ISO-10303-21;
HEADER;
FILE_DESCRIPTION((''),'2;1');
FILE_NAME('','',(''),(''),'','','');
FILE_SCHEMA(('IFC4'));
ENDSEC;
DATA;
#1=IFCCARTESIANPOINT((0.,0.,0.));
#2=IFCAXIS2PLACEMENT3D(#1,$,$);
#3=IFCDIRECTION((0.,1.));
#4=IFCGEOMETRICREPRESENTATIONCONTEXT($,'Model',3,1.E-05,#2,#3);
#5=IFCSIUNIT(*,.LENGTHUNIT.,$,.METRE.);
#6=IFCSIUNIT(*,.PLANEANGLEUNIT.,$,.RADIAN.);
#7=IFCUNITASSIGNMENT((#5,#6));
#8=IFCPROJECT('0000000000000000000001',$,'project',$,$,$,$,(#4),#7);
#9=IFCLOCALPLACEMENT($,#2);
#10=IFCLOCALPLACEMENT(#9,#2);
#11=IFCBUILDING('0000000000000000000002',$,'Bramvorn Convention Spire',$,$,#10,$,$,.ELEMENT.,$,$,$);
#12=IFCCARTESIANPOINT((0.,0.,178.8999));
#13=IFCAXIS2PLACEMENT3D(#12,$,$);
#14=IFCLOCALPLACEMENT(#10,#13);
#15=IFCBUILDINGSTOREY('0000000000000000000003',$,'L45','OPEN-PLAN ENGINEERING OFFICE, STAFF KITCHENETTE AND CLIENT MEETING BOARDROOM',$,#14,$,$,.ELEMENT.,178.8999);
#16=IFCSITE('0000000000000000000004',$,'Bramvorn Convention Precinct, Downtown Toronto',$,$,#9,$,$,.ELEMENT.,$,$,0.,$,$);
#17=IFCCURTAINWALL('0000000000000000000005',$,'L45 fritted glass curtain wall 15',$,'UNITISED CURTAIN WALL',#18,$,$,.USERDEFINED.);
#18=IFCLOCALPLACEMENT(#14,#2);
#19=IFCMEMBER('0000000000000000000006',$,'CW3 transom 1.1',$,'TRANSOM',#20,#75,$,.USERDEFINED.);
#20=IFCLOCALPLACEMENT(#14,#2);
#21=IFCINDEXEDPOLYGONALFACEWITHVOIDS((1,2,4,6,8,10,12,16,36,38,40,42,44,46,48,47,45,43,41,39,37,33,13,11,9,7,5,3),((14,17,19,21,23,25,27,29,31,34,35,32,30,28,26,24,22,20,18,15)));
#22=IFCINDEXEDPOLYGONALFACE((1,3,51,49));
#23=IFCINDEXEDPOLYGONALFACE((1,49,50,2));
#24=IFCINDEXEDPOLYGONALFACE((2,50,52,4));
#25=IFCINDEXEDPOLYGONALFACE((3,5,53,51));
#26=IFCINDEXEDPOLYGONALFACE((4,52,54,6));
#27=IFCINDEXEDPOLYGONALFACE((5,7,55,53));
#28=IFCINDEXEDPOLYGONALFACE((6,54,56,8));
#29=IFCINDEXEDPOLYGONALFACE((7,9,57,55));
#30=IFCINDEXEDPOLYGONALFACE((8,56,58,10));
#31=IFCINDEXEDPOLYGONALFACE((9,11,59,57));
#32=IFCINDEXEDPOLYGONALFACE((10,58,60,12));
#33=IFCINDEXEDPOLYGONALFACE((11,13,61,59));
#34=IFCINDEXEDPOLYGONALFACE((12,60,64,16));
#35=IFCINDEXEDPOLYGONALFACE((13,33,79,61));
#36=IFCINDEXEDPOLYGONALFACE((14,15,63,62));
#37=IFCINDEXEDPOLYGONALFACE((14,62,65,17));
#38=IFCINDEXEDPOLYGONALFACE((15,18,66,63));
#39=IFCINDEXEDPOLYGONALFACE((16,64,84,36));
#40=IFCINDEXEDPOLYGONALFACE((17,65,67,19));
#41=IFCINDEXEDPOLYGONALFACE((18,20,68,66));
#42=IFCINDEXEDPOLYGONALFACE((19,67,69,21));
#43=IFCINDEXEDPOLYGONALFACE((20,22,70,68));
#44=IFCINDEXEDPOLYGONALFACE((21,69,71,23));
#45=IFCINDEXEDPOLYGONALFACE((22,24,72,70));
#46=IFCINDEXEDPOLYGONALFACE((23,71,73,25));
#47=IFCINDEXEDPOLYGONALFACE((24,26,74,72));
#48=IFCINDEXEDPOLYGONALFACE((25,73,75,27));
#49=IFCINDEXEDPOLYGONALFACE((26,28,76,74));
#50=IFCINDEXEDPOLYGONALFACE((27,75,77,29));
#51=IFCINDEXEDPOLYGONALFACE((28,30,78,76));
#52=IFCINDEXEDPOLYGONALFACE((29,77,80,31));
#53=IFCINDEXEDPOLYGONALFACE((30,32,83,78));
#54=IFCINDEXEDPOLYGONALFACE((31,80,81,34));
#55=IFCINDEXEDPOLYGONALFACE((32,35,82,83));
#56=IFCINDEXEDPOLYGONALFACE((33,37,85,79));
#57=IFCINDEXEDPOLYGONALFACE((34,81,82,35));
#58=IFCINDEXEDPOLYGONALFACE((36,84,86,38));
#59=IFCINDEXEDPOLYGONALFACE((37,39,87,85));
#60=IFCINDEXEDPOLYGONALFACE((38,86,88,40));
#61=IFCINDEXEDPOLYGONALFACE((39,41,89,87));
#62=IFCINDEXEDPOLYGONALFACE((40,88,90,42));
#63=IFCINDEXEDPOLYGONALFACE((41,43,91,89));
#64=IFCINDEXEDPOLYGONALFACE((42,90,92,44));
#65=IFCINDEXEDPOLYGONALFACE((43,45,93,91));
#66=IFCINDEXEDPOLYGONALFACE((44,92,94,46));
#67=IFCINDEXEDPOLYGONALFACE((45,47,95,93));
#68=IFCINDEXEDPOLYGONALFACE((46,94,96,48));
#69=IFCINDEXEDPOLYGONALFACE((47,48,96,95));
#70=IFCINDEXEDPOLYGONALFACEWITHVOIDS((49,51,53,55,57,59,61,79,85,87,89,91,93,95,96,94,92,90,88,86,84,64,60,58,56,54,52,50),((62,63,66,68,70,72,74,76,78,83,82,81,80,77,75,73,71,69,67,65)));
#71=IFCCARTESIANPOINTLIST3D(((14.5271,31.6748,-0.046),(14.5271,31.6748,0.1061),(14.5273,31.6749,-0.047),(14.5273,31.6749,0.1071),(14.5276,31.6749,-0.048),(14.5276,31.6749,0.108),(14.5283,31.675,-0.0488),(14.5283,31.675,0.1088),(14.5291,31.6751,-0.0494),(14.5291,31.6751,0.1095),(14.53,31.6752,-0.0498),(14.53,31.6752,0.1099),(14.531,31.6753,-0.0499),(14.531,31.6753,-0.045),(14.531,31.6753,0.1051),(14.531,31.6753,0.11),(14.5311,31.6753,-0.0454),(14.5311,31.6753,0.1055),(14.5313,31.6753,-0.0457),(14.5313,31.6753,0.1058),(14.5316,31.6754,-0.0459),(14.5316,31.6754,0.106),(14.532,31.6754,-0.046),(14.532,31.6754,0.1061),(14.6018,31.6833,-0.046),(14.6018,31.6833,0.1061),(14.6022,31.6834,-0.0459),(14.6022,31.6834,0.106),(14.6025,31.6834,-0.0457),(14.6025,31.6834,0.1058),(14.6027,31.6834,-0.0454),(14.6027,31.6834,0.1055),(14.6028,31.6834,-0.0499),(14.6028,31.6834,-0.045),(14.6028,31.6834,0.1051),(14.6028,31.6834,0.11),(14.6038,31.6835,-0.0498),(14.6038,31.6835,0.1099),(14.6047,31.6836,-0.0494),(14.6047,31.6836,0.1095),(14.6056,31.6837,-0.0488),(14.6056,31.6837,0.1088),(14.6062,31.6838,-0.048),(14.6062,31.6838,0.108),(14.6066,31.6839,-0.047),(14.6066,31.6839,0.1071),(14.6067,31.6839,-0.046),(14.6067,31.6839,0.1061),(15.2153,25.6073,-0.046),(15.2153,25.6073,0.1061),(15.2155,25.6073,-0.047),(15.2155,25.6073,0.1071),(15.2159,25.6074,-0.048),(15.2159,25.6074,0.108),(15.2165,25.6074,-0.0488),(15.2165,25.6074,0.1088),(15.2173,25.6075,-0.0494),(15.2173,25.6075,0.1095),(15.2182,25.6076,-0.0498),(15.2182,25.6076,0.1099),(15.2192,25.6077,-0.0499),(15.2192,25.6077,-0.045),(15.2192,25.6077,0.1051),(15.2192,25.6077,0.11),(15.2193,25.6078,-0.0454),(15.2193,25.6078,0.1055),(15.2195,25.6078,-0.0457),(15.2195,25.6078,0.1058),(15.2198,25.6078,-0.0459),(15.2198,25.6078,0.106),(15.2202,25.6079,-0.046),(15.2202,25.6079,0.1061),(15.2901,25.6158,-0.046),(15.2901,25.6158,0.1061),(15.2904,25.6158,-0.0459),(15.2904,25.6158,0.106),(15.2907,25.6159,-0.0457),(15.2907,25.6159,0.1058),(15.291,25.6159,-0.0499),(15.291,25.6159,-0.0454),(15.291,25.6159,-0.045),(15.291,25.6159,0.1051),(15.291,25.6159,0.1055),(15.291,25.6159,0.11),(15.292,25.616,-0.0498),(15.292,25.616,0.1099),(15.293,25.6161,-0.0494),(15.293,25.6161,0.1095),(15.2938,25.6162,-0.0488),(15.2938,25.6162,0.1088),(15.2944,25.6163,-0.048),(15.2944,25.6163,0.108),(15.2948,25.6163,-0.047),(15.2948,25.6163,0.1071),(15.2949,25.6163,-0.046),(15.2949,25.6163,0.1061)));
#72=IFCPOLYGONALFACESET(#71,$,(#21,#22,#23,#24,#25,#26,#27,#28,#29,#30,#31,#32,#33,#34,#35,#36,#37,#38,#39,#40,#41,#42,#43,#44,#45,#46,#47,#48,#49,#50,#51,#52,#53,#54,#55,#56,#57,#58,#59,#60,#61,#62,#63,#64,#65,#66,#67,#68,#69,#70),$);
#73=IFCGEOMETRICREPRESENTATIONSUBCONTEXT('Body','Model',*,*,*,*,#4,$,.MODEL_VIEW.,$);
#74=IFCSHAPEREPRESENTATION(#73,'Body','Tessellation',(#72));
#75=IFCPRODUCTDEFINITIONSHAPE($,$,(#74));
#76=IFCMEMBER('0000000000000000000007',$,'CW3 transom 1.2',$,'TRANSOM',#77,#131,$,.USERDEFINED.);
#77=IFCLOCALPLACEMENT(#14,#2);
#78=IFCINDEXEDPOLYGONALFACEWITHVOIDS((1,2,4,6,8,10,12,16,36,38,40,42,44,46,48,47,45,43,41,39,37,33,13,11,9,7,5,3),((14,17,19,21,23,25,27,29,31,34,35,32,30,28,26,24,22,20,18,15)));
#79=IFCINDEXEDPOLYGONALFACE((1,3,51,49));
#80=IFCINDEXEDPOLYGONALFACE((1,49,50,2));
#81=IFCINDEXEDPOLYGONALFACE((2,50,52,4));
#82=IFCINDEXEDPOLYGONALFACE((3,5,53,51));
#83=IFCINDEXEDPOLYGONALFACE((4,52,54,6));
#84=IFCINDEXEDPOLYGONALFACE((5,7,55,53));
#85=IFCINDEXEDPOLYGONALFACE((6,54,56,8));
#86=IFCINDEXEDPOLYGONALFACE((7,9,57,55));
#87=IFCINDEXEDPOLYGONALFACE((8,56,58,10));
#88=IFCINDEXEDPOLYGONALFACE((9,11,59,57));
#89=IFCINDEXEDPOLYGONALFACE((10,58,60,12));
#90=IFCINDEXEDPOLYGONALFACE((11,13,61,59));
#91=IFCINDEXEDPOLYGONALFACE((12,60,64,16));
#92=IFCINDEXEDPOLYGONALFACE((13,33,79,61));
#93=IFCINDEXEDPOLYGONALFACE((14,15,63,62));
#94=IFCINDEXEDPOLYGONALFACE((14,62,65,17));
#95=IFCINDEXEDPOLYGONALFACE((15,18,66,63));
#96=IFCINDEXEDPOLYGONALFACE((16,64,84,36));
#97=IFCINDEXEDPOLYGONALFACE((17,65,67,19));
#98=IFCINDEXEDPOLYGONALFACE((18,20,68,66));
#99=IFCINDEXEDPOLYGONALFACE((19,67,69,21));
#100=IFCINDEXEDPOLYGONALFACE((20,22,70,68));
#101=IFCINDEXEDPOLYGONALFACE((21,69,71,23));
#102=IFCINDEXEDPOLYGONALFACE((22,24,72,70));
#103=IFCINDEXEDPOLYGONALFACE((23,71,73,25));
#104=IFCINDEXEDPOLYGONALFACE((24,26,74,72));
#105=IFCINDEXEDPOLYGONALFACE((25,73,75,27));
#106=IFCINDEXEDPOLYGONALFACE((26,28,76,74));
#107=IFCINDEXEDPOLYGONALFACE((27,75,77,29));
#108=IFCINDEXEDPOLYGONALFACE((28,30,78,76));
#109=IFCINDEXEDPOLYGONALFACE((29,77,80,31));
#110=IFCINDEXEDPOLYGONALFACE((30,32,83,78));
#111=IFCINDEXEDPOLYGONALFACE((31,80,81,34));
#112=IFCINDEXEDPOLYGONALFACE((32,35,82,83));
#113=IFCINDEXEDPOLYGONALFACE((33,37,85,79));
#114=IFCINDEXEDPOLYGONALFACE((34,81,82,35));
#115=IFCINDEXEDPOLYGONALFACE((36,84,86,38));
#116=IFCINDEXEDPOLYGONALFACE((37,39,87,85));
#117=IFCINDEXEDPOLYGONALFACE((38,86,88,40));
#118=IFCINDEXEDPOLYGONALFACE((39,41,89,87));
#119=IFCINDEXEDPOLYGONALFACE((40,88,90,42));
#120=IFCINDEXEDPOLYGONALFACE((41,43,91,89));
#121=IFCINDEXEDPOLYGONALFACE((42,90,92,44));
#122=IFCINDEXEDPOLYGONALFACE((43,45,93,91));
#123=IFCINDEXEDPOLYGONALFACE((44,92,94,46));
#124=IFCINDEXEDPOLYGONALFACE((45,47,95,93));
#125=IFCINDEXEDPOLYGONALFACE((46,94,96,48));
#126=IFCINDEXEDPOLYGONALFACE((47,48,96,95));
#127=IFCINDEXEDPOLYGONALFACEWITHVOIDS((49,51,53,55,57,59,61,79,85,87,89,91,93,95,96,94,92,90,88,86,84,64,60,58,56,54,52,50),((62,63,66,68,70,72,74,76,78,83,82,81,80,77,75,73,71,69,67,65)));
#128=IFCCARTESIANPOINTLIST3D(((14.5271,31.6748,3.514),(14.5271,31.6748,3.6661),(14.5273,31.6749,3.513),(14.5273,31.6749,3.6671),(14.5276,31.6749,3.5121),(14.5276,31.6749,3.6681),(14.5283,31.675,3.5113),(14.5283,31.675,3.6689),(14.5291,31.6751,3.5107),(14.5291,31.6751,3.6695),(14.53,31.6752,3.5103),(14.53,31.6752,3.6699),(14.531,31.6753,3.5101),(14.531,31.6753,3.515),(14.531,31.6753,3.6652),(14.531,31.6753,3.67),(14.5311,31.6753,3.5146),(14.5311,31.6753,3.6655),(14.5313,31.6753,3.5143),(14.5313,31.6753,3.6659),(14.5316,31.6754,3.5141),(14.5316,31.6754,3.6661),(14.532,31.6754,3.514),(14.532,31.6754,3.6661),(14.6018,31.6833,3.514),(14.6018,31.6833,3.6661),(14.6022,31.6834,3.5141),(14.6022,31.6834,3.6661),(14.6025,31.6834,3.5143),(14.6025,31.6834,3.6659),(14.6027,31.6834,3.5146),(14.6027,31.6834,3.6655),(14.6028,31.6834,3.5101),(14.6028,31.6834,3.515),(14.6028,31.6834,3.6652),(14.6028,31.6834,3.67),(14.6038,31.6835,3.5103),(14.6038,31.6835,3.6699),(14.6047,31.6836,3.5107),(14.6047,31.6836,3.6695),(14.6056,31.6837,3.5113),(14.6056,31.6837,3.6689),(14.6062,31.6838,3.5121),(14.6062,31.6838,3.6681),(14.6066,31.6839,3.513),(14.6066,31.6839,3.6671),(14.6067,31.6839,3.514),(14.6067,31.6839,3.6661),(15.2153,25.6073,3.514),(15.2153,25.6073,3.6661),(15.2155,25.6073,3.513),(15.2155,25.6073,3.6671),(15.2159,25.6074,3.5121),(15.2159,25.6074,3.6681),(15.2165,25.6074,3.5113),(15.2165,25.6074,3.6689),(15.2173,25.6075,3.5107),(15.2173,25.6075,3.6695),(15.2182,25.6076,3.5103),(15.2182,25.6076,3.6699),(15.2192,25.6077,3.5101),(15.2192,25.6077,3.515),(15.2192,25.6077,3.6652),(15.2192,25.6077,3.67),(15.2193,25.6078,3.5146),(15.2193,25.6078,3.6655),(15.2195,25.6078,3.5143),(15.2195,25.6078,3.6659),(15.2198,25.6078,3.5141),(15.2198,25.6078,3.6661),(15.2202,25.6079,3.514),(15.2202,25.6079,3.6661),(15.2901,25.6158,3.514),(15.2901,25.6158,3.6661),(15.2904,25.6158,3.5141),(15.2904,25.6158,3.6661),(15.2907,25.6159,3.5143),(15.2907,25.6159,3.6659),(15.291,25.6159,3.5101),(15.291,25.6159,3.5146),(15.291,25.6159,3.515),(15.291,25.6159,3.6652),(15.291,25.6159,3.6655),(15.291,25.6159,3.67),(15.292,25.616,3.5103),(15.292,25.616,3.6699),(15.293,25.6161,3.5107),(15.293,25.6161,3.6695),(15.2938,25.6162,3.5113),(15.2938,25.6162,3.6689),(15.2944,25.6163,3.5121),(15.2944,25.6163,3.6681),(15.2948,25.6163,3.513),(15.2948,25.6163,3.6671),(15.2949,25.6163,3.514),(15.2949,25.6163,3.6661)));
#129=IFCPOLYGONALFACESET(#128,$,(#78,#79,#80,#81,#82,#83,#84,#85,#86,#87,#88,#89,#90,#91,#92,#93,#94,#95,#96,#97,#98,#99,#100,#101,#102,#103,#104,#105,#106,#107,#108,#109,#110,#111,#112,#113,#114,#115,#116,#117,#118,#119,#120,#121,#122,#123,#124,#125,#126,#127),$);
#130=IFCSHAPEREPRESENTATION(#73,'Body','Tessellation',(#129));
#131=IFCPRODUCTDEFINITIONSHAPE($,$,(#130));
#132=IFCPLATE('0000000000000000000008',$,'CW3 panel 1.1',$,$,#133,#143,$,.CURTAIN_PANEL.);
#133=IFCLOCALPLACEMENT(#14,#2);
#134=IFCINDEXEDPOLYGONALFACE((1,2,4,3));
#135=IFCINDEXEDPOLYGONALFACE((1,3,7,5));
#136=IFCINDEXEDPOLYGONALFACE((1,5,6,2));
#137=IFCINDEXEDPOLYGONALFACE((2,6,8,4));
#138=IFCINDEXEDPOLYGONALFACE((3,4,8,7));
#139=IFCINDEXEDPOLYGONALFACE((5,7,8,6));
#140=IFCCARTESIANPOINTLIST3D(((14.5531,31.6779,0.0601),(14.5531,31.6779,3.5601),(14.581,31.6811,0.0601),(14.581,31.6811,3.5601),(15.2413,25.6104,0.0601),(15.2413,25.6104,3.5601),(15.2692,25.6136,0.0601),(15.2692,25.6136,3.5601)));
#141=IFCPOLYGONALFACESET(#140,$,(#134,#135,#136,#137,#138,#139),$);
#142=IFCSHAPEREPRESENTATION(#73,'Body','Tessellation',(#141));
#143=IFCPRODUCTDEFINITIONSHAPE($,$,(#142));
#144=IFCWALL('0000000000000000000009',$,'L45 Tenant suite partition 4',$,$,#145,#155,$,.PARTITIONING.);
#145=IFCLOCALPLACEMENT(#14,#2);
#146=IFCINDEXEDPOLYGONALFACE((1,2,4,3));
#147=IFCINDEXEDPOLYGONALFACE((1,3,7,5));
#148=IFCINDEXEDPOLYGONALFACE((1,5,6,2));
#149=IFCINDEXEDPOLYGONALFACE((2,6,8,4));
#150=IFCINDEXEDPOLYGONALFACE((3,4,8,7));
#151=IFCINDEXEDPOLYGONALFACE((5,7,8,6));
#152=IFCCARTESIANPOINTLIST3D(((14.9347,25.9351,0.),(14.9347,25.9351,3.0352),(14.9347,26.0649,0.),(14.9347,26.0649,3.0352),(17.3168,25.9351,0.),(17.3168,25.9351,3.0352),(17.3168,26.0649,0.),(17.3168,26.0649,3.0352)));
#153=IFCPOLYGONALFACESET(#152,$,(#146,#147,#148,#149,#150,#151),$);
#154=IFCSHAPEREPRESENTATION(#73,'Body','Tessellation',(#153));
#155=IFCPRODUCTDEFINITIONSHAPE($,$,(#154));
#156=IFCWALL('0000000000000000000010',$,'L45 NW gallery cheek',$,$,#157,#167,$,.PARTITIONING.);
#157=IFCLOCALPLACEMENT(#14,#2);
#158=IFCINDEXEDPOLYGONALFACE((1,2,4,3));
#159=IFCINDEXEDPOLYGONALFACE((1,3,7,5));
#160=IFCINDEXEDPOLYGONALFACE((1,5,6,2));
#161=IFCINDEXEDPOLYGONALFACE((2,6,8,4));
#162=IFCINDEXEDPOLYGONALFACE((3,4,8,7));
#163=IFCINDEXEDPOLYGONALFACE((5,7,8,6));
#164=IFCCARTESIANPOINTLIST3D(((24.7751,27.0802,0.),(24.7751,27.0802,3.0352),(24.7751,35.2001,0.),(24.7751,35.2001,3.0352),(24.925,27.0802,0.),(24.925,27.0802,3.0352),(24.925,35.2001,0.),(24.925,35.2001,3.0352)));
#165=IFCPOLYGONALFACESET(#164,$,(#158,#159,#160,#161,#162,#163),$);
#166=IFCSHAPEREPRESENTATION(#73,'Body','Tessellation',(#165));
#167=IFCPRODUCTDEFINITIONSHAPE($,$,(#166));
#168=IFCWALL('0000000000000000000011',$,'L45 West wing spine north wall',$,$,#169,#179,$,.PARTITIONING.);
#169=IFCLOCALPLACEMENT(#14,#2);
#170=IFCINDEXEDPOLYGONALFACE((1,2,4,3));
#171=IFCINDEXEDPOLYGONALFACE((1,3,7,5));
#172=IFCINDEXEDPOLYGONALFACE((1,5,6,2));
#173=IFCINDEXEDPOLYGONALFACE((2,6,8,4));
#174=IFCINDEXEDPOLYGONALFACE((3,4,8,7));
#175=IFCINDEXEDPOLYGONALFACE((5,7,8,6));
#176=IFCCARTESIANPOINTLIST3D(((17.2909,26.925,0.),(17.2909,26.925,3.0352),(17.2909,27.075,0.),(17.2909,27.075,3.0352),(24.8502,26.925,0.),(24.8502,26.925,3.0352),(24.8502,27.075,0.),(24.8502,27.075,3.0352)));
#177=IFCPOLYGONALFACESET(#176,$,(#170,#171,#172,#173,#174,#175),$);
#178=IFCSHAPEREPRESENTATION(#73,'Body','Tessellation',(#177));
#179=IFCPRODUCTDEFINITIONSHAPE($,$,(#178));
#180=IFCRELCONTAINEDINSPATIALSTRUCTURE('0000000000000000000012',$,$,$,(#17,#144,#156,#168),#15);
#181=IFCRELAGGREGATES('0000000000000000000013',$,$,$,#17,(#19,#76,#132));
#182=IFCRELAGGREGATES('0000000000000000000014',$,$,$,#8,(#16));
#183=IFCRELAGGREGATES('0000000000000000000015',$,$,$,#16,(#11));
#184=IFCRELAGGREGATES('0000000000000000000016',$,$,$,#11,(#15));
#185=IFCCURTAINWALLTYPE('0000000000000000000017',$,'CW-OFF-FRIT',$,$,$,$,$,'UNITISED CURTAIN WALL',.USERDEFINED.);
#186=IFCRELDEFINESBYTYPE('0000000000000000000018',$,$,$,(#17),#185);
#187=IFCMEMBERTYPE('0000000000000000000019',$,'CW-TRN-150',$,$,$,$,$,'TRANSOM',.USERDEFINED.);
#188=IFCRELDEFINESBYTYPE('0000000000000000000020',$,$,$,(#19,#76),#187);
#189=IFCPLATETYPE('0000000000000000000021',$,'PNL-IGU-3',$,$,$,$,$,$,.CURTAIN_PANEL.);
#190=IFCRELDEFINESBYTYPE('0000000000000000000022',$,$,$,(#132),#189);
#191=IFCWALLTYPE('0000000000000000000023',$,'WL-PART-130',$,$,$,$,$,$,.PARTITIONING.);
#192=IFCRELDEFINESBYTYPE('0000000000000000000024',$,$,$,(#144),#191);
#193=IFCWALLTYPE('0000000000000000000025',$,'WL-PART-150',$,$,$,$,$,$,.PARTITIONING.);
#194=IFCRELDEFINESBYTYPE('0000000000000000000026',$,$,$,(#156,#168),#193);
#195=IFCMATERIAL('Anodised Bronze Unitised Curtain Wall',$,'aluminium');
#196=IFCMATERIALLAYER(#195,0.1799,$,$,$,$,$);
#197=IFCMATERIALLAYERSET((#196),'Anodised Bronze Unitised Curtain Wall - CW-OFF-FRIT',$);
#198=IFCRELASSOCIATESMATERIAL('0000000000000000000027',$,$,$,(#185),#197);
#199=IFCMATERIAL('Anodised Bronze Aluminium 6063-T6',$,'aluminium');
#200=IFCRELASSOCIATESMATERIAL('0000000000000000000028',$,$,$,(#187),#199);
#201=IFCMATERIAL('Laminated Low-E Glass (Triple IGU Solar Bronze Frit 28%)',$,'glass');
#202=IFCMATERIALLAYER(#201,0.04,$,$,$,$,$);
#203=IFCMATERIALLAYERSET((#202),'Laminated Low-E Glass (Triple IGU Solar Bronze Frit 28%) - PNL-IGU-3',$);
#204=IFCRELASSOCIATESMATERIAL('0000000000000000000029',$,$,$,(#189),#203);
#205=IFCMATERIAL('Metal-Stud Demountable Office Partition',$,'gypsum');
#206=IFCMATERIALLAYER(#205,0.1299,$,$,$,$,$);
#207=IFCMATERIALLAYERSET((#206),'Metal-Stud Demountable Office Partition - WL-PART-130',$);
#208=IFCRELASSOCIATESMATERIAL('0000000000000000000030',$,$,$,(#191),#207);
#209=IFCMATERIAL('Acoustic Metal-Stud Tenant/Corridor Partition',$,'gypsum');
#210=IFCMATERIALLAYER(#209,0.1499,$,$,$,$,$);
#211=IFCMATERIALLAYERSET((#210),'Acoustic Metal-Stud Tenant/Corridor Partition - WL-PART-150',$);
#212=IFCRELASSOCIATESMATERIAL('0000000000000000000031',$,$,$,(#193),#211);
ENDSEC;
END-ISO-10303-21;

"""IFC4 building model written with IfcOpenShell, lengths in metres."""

from ifc_helpers import new_model, si_unit, direction, frame, frame_2d, origin, origin_2d, place, context, subcontext, project, spatial, rectangle, hollow_rectangle, extrude, material, layer, layer_set, material_profile, profile_set, type_object, element, aggregate, save


model = new_model("IFC4")

# Units and contexts
model_context = context("Model", 3, precision=1e-05, world=origin(), true_north=direction((0.0, 1.0)))
body_context = subcontext(model_context, "Body", "Model", "MODEL_VIEW")
ifc_project = project(units=[si_unit("LENGTHUNIT", "METRE"), si_unit("PLANEANGLEUNIT", "RADIAN")], contexts=[model_context])

# Site, building, storey
site_placement = place(None, origin())
site = spatial("IfcSite", under=ifc_project, at=site_placement, Name="Bramvorn Convention Precinct, Downtown Toronto", CompositionType="ELEMENT", RefElevation=0.0)
building_placement = place(site_placement, origin())
building = spatial("IfcBuilding", under=site, at=building_placement, Name="Bramvorn Convention Spire", CompositionType="ELEMENT")
storey_placement = place(building_placement, frame((0.0, 0.0, 178.8999)))
storey = spatial("IfcBuildingStorey", under=building, at=storey_placement, Name="L45", Description="OPEN-PLAN ENGINEERING OFFICE, STAFF KITCHENETTE AND CLIENT MEETING BOARDROOM", CompositionType="ELEMENT", Elevation=178.8999)

# Shared definitions
ifc_material_1 = material(Name="Anodised Bronze Unitised Curtain Wall", Category="aluminium")
ifc_layer_1 = layer(ifc_material_1, 0.1799)
ifc_layer_set_1 = layer_set([ifc_layer_1], Name="Anodised Bronze Unitised Curtain Wall - CW-OFF-FRIT")
curtain_wall_type = type_object("IfcCurtainWallType", Name="CW-OFF-FRIT", ElementType="UNITISED CURTAIN WALL", PredefinedType="USERDEFINED", material=ifc_layer_set_1)
ifc_material_2 = material(Name="Anodised Bronze Aluminium 6063-T6", Category="aluminium")

# Curtain wall
curtain_wall_1_placement = place(storey_placement, origin())
curtain_wall_1 = element("IfcCurtainWall", 1, at=curtain_wall_1_placement, inside=storey, type_object=curtain_wall_type, Name="L45 fritted glass curtain wall 15", ObjectType="UNITISED CURTAIN WALL", PredefinedType="USERDEFINED")

# Members
ifc_material_profile_1 = material_profile(ifc_material_2, hollow_rectangle(XDim=0.0801, YDim=0.1599, WallThickness=0.0039, InnerFilletRadius=0.001, OuterFilletRadius=0.0039, at=origin_2d()))
ifc_profile_set_1 = profile_set([ifc_material_profile_1], Name="Anodised Bronze Aluminium 6063-T6 - CWT80X160")
member_type_1 = type_object("IfcMemberType", Name="CW-TRN-150", ElementType="TRANSOM", PredefinedType="USERDEFINED", material=ifc_profile_set_1)
member_1_placement = place(storey_placement, frame((15.2551, 25.6118, 0.03), z_axis=(-0.112704, 0.993629, 0.0), x_axis=(-0.993629, -0.112704, 0.0)))
member_1 = element("IfcMember", 2, at=member_1_placement, type_object=member_type_1, Name="CW3 transom 1.1", ObjectType="TRANSOM", PredefinedType="USERDEFINED", context=body_context, shape_type="SweptSolid", body=[
    extrude(hollow_rectangle(XDim=0.0801, YDim=0.1599, WallThickness=0.0039, InnerFilletRadius=0.001, OuterFilletRadius=0.0039, at=origin_2d()), origin(), (0.0, 0.0, 1.0), 6.1064),
])
member_2_placement = place(storey_placement, frame((15.2551, 25.6118, 3.5901), z_axis=(-0.112704, 0.993629, 0.0), x_axis=(-0.993629, -0.112704, 0.0)))
member_2 = element("IfcMember", 3, at=member_2_placement, type_object=member_type_1, Name="CW3 transom 1.2", ObjectType="TRANSOM", PredefinedType="USERDEFINED", context=body_context, shape_type="SweptSolid", body=[
    extrude(hollow_rectangle(XDim=0.0801, YDim=0.1599, WallThickness=0.0039, InnerFilletRadius=0.001, OuterFilletRadius=0.0039, at=origin_2d()), origin(), (0.0, 0.0, 1.0), 6.1064),
])

# Plate
ifc_material_3 = material(Name="Laminated Low-E Glass (Triple IGU Solar Bronze Frit 28%)", Category="glass")
ifc_layer_2 = layer(ifc_material_3, 0.04)
ifc_layer_set_2 = layer_set([ifc_layer_2], Name="Laminated Low-E Glass (Triple IGU Solar Bronze Frit 28%) - PNL-IGU-3")
plate_type = type_object("IfcPlateType", Name="PNL-IGU-3", PredefinedType="CURTAIN_PANEL", material=ifc_layer_set_2)
plate_placement = place(storey_placement, frame((14.9111, 28.6458, 0.0601), z_axis=(0.0, 0.0, 1.0), x_axis=(-0.112698, 0.993629, 0.0)))
plate = element("IfcPlate", 4, at=plate_placement, type_object=plate_type, Name="CW3 panel 1.1", PredefinedType="CURTAIN_PANEL", context=body_context, shape_type="SweptSolid", body=[
    extrude(rectangle(XDim=6.1064, YDim=0.0281, at=origin_2d()), origin(), (0.0, 0.0, 1.0), 3.5),
])
aggregate(curtain_wall_1, [member_1, member_2, plate])

# Walls
ifc_material_4 = material(Name="Metal-Stud Demountable Office Partition", Category="gypsum")
ifc_layer_3 = layer(ifc_material_4, 0.1299)
ifc_layer_set_3 = layer_set([ifc_layer_3], Name="Metal-Stud Demountable Office Partition - WL-PART-130")
wall_type_1 = type_object("IfcWallType", Name="WL-PART-130", PredefinedType="PARTITIONING", material=ifc_layer_set_3)
wall_1_placement = place(storey_placement, frame((17.3167, 26.0, 0.0), z_axis=(0.0, 0.0, 1.0), x_axis=(-1.0, 0.0, 0.0)))
element("IfcWall", 5, at=wall_1_placement, inside=storey, type_object=wall_type_1, Name="L45 Tenant suite partition 4", PredefinedType="PARTITIONING", context=body_context, shape_type="SweptSolid", body=[
    extrude(rectangle(XDim=2.3821, YDim=0.1299, at=frame_2d((1.1909, 0.0))), origin(), (0.0, 0.0, 1.0), 3.0352),
])
ifc_material_5 = material(Name="Acoustic Metal-Stud Tenant/Corridor Partition", Category="gypsum")
ifc_layer_4 = layer(ifc_material_5, 0.1499)
ifc_layer_set_4 = layer_set([ifc_layer_4], Name="Acoustic Metal-Stud Tenant/Corridor Partition - WL-PART-150")
wall_type_2 = type_object("IfcWallType", Name="WL-PART-150", PredefinedType="PARTITIONING", material=ifc_layer_set_4)
wall_2_placement = place(storey_placement, frame((24.8501, 27.0801, 0.0), z_axis=(0.0, 0.0, 1.0), x_axis=(0.0, 1.0, 0.0)))
element("IfcWall", 6, at=wall_2_placement, inside=storey, type_object=wall_type_2, Name="L45 NW gallery cheek", PredefinedType="PARTITIONING", context=body_context, shape_type="SweptSolid", body=[
    extrude(rectangle(XDim=8.1199, YDim=0.1499, at=frame_2d((4.0601, 0.0))), origin(), (0.0, 0.0, 1.0), 3.0352),
])
wall_3_placement = place(storey_placement, frame((17.2908, 27.0, 0.0), z_axis=(0.0, 0.0, 1.0), x_axis=(1.0, 0.0, 0.0)))
element("IfcWall", 7, at=wall_3_placement, inside=storey, type_object=wall_type_2, Name="L45 West wing spine north wall", PredefinedType="PARTITIONING", context=body_context, shape_type="SweptSolid", body=[
    extrude(rectangle(XDim=7.5593, YDim=0.1499, at=frame_2d((3.7798, 0.0))), origin(), (0.0, 0.0, 1.0), 3.0352),
])

save(model, "model.ifc")
